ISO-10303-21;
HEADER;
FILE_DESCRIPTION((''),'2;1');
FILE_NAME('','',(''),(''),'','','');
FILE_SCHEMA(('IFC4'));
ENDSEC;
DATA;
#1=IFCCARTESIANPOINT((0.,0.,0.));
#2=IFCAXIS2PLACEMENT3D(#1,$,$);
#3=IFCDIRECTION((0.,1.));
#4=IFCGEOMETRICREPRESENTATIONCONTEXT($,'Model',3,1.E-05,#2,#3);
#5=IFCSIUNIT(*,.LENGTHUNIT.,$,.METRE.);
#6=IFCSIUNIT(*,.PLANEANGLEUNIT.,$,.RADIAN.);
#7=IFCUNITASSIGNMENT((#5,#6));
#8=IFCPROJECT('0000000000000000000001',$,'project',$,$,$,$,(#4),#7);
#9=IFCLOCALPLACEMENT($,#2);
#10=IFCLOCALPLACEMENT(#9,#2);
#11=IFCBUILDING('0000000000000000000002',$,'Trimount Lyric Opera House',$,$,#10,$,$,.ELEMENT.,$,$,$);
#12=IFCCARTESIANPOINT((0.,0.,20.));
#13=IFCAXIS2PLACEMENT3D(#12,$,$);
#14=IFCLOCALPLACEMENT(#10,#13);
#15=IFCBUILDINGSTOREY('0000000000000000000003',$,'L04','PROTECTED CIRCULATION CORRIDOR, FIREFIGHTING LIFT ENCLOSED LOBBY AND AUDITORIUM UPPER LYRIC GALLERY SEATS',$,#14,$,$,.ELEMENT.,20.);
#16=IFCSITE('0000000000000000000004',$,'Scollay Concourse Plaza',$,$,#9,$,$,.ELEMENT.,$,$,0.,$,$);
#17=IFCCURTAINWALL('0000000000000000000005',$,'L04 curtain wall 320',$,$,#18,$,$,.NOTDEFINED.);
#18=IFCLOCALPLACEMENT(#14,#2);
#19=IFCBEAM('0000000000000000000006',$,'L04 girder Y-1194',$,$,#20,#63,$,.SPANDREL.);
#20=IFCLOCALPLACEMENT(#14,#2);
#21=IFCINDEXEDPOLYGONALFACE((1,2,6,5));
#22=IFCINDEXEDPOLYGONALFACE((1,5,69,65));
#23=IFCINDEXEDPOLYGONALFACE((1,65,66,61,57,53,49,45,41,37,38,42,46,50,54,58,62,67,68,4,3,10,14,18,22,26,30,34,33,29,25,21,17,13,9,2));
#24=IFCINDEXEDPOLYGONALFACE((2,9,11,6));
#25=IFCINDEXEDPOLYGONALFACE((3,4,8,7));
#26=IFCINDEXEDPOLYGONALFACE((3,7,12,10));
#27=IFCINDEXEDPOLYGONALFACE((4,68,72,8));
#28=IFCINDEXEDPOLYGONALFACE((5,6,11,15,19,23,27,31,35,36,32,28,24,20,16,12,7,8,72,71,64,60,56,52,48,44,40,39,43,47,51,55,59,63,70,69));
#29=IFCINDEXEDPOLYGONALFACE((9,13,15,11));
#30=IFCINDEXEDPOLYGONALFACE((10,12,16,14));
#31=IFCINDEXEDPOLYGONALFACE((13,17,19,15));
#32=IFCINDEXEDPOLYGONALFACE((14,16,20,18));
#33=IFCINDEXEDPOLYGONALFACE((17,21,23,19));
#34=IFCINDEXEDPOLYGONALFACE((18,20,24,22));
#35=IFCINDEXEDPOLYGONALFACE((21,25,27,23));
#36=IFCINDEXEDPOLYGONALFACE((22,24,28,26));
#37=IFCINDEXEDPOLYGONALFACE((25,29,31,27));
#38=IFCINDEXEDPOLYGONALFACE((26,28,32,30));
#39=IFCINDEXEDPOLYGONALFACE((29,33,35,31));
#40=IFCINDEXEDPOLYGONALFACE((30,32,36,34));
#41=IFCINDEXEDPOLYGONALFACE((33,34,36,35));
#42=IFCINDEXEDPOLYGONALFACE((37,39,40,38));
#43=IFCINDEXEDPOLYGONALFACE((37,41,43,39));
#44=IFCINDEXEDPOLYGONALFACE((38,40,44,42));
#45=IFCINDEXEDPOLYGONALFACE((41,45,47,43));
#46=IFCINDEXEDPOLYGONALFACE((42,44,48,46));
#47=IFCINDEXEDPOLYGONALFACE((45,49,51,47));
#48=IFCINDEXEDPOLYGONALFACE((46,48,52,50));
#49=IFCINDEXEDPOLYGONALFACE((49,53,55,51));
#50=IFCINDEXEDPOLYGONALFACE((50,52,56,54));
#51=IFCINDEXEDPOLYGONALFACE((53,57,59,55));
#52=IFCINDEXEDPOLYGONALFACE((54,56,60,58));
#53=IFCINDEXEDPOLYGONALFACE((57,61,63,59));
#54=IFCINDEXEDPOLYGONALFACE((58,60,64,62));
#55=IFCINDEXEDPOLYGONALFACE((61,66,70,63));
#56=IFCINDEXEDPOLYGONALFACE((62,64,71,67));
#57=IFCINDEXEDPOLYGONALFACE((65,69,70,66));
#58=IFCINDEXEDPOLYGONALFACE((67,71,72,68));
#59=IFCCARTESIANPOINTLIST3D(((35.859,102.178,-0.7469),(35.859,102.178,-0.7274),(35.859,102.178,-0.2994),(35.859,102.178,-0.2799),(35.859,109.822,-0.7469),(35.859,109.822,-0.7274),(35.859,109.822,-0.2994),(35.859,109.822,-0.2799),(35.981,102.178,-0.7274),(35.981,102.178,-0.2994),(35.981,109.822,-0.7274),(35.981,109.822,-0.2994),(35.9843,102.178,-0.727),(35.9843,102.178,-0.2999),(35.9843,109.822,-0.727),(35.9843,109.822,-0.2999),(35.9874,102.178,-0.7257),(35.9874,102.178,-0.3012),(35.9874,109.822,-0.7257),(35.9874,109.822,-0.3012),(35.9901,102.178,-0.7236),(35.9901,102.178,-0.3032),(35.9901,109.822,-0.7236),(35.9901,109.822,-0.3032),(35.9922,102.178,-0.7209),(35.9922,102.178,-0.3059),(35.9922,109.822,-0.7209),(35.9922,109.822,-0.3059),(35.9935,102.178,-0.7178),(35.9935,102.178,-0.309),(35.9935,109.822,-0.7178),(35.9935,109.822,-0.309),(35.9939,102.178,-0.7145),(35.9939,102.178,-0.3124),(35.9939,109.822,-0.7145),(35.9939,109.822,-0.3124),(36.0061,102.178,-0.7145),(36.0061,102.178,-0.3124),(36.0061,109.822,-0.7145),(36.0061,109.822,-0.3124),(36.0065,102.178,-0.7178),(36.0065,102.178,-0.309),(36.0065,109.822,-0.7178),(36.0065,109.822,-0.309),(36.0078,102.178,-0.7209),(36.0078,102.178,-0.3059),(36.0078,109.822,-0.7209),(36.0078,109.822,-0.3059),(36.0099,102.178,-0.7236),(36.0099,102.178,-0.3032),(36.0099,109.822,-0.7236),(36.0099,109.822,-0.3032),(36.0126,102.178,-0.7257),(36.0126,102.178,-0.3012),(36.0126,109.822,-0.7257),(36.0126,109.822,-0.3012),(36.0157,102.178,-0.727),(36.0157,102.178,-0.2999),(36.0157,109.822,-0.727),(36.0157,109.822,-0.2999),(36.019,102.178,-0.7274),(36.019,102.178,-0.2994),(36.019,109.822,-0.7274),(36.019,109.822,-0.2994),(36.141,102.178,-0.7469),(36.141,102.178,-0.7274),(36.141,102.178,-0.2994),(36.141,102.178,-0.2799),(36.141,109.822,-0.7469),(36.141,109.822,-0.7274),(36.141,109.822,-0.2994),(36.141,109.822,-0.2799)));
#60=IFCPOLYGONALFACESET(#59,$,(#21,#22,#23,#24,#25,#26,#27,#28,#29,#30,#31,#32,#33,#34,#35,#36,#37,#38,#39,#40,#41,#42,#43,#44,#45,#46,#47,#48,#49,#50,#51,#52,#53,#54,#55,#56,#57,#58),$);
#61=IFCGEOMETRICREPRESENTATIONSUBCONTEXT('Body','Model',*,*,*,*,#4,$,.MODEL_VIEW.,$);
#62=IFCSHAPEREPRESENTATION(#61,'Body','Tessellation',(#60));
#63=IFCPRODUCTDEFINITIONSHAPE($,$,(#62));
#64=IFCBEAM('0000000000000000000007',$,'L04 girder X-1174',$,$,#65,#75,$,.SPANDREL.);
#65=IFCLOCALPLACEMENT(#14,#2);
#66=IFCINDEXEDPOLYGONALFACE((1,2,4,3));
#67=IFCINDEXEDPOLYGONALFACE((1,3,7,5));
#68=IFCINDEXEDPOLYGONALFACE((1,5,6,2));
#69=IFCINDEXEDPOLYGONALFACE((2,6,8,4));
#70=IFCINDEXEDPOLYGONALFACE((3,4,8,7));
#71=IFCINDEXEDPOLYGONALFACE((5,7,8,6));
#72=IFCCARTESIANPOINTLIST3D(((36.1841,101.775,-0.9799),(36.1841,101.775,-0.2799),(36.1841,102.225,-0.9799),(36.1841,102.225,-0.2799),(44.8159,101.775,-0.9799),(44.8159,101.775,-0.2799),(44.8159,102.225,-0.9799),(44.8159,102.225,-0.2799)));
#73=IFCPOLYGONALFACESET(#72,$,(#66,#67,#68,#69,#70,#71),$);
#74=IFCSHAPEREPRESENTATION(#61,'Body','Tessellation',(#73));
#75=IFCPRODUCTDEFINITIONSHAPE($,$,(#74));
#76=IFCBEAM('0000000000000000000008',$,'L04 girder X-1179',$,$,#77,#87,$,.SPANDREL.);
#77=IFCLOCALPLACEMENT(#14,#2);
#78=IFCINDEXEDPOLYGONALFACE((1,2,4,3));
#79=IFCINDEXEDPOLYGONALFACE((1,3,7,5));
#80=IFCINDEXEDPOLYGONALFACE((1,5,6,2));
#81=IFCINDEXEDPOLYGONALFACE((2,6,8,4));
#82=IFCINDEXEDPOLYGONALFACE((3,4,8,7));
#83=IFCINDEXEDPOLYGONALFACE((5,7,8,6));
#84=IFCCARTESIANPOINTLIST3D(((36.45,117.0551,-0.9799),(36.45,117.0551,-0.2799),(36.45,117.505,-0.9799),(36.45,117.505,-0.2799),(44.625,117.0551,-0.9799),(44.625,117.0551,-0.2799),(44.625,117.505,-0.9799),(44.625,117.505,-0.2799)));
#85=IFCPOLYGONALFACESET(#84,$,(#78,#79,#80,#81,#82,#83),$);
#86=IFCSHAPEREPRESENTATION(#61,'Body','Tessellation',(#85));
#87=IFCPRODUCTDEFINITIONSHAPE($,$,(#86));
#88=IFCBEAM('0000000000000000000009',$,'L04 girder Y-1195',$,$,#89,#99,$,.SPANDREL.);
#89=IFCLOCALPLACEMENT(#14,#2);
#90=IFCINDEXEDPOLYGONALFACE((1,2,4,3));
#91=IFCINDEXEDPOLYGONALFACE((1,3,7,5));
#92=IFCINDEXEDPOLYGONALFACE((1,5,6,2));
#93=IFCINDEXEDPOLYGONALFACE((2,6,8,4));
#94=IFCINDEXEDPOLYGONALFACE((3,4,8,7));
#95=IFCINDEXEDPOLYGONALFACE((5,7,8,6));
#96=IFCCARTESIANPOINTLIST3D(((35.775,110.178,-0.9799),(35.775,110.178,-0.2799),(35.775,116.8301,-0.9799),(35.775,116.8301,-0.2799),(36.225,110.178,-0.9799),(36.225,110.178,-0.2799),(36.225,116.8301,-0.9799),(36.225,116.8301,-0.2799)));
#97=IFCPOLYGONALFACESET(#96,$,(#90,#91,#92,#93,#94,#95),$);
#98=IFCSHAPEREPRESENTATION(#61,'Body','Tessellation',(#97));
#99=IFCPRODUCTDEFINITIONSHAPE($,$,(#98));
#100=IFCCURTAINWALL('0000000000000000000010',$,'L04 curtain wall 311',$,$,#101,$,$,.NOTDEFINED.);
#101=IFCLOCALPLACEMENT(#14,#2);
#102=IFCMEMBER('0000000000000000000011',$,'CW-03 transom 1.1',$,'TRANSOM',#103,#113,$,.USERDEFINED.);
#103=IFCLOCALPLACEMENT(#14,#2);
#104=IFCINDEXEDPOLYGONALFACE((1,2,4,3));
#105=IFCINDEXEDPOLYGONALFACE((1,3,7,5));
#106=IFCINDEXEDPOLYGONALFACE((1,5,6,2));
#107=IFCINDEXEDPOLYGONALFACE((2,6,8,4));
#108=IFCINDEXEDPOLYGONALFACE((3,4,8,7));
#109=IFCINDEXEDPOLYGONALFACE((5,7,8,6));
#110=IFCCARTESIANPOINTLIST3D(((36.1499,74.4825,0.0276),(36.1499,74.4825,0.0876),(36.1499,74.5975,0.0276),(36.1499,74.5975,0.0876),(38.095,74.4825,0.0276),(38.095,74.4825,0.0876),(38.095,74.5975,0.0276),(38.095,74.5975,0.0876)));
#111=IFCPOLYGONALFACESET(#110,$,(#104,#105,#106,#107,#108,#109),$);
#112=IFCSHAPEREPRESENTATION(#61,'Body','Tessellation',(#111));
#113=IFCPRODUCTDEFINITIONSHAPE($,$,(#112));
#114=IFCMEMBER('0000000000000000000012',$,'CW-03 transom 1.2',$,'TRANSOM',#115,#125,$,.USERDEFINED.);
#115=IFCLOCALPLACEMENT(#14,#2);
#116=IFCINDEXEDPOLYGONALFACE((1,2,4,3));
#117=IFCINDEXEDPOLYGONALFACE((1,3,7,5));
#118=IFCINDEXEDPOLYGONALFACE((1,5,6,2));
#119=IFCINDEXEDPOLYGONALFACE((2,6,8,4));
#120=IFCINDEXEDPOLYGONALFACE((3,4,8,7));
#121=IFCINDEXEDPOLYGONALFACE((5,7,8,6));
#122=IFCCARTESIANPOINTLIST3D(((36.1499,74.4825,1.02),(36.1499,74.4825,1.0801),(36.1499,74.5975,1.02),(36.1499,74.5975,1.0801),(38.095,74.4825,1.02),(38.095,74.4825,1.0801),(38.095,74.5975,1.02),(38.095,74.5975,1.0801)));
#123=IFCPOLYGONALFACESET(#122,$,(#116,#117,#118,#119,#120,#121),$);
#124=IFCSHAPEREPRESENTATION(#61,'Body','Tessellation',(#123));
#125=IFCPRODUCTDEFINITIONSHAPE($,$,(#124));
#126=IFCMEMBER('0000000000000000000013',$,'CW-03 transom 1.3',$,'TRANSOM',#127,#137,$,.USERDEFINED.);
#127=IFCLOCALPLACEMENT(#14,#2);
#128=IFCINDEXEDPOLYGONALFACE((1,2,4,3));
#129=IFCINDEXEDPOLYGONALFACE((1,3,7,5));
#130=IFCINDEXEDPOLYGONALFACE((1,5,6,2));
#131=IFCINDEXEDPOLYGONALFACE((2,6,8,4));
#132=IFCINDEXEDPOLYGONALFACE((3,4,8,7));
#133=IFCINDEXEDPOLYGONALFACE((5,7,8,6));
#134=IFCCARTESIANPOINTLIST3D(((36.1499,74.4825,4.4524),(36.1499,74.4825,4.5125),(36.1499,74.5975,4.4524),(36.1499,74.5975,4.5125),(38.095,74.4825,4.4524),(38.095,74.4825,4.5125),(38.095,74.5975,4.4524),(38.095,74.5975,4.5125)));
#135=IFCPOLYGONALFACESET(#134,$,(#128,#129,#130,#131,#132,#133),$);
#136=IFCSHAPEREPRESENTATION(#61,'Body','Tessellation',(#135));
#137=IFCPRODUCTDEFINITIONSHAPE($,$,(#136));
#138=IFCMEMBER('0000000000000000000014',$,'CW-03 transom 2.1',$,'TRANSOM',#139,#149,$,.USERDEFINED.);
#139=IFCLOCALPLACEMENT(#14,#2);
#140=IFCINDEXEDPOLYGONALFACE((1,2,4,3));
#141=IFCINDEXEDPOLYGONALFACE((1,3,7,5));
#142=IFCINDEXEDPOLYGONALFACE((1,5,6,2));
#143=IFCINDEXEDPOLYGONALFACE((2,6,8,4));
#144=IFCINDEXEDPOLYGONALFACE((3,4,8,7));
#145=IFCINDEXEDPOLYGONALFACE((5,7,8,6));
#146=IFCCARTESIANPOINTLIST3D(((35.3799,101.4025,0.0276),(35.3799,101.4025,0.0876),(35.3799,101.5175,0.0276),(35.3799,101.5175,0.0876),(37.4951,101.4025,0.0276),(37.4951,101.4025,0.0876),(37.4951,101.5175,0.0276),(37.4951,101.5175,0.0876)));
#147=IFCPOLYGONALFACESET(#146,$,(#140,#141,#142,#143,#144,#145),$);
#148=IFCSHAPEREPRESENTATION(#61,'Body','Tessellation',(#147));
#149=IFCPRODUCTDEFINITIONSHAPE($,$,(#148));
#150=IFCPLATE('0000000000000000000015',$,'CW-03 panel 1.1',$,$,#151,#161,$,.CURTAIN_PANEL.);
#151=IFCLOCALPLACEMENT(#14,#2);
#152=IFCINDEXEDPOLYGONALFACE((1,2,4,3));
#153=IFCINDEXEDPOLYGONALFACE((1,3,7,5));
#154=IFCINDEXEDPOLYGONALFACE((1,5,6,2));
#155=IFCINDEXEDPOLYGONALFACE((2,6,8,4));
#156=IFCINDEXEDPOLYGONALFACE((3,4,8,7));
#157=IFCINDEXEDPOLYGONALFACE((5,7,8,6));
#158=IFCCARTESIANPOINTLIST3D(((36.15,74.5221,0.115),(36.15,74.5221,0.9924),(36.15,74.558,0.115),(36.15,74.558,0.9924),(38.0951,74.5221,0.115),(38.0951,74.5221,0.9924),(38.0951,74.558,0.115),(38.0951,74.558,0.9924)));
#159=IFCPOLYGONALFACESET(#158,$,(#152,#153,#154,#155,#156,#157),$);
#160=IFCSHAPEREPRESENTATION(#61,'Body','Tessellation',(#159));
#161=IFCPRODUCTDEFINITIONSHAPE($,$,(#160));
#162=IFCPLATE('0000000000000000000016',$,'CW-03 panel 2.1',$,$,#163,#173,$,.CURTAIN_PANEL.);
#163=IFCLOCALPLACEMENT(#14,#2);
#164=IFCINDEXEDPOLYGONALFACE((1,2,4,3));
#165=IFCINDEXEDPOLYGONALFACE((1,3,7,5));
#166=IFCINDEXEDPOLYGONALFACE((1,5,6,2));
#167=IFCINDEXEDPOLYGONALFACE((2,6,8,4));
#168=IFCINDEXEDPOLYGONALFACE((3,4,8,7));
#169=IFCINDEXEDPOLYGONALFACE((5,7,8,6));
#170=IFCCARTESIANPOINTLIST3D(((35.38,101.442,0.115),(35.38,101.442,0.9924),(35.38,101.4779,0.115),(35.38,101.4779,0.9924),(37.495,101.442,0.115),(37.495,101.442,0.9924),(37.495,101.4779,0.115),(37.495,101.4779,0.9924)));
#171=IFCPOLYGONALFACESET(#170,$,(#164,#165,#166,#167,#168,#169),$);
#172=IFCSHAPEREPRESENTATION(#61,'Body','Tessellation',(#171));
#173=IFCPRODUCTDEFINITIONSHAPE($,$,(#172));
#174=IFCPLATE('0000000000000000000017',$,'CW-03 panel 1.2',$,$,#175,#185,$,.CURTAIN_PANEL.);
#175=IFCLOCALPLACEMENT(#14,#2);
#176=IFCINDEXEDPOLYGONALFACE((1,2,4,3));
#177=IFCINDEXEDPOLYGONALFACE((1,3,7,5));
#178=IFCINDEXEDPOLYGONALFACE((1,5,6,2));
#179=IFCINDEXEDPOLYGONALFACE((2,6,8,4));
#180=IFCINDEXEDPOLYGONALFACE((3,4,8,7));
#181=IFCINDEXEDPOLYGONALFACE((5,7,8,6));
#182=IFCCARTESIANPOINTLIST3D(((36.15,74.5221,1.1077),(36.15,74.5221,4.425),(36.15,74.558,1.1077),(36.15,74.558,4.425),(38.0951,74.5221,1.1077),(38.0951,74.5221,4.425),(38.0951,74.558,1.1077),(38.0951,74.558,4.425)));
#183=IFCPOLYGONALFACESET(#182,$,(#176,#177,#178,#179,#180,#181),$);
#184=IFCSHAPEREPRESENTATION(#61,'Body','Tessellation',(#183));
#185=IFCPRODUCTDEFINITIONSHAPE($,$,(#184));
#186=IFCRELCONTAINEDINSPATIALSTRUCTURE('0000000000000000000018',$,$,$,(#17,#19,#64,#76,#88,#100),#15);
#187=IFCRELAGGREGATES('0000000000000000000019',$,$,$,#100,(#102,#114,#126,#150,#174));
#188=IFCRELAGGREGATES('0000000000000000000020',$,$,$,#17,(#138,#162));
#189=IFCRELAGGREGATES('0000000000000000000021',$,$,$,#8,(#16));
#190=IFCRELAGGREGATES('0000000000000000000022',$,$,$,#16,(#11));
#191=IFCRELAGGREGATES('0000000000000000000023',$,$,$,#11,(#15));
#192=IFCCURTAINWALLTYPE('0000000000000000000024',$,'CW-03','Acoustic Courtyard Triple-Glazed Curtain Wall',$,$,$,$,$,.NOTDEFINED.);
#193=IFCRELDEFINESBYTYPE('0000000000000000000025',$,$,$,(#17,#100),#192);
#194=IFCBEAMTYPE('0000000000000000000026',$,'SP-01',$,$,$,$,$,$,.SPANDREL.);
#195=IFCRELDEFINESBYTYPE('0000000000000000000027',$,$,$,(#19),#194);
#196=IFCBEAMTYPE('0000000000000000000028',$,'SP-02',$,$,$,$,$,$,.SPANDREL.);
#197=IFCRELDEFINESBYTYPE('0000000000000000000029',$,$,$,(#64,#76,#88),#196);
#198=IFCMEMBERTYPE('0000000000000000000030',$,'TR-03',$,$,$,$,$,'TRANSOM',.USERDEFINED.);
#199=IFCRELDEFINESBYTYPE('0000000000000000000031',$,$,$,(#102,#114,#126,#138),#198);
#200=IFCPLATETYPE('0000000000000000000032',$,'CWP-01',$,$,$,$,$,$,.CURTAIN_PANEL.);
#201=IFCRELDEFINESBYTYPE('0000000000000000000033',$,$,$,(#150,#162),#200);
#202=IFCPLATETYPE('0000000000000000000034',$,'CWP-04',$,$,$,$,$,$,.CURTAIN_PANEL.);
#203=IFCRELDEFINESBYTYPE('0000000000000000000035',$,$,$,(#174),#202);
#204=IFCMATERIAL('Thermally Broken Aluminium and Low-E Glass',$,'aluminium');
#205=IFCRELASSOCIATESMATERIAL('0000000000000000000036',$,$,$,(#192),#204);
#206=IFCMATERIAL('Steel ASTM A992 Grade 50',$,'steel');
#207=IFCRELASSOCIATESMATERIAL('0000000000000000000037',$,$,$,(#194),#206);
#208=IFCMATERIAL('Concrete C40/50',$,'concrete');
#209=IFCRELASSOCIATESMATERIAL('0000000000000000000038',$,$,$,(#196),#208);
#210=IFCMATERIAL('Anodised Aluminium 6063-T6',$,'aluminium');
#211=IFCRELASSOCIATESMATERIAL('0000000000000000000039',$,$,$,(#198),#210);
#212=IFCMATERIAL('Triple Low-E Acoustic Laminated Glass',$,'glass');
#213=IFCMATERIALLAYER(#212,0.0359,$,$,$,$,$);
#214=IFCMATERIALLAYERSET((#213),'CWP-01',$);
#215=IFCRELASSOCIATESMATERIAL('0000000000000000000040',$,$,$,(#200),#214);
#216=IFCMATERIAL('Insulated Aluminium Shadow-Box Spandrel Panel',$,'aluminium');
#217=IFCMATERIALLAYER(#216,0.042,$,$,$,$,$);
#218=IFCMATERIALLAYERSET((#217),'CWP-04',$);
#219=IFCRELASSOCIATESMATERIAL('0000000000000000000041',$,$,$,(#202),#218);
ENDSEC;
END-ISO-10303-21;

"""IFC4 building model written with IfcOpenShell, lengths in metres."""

from ifc_helpers import new_model, si_unit, direction, frame, origin, origin_2d, place, context, subcontext, project, spatial, rectangle, i_section, extrude, material, layer, layer_set, material_profile, profile_set, type_object, element, aggregate, save


model = new_model("IFC4")

# Units and contexts
model_context = context("Model", 3, precision=1e-05, world=origin(), true_north=direction((0.0, 1.0)))
body_context = subcontext(model_context, "Body", "Model", "MODEL_VIEW")
ifc_project = project(units=[si_unit("LENGTHUNIT", "METRE"), si_unit("PLANEANGLEUNIT", "RADIAN")], contexts=[model_context])

# Site, building, storey
site_placement = place(None, origin())
site = spatial("IfcSite", under=ifc_project, at=site_placement, Name="Scollay Concourse Plaza", CompositionType="ELEMENT", RefElevation=0.0)
building_placement = place(site_placement, origin())
building = spatial("IfcBuilding", under=site, at=building_placement, Name="Trimount Lyric Opera House", CompositionType="ELEMENT")
storey_placement = place(building_placement, frame((0.0, 0.0, 20.0)))
storey = spatial("IfcBuildingStorey", under=building, at=storey_placement, Name="L04", Description="PROTECTED CIRCULATION CORRIDOR, FIREFIGHTING LIFT ENCLOSED LOBBY AND AUDITORIUM UPPER LYRIC GALLERY SEATS", CompositionType="ELEMENT", Elevation=20.0)

# Curtain wall
ifc_material_1 = material(Name="Thermally Broken Aluminium and Low-E Glass", Category="aluminium")
curtain_wall_type = type_object("IfcCurtainWallType", Name="CW-03", Description="Acoustic Courtyard Triple-Glazed Curtain Wall", PredefinedType="NOTDEFINED", material=ifc_material_1)
curtain_wall_1_placement = place(storey_placement, origin())
curtain_wall_1 = element("IfcCurtainWall", 1, at=curtain_wall_1_placement, inside=storey, type_object=curtain_wall_type, Name="L04 curtain wall 320", PredefinedType="NOTDEFINED")

# Beams
ifc_material_2 = material(Name="Steel ASTM A992 Grade 50", Category="steel")
ifc_material_profile_1 = material_profile(ifc_material_2, i_section(OverallWidth=0.282, OverallDepth=0.467, WebThickness=0.0122, FlangeThickness=0.0195, FilletRadius=0.0129, at=origin_2d()), Name="W18X86")
ifc_profile_set_1 = profile_set([ifc_material_profile_1], Name="Steel ASTM A992 Grade 50")
beam_type_1 = type_object("IfcBeamType", Name="SP-01", PredefinedType="SPANDREL", material=ifc_profile_set_1)
beam_1_placement = place(storey_placement, frame((36.0, 102.178, -0.5134), z_axis=(0.0, 1.0, 0.0), x_axis=(-1.0, 0.0, 0.0)))
element("IfcBeam", 2, at=beam_1_placement, inside=storey, type_object=beam_type_1, Name="L04 girder Y-1194", PredefinedType="SPANDREL", context=body_context, shape_type="SweptSolid", body=[
    extrude(i_section(OverallWidth=0.282, OverallDepth=0.467, WebThickness=0.0122, FlangeThickness=0.0195, FilletRadius=0.0129, at=origin_2d()), origin(), (0.0, 0.0, 1.0), 7.644),
])
ifc_material_3 = material(Name="Concrete C40/50", Category="concrete")
ifc_material_profile_2 = material_profile(ifc_material_3, rectangle(XDim=0.45, YDim=0.7, at=origin_2d()), Name="RC450X700")
ifc_profile_set_2 = profile_set([ifc_material_profile_2], Name="Concrete C40/50")
beam_type_2 = type_object("IfcBeamType", Name="SP-02", PredefinedType="SPANDREL", material=ifc_profile_set_2)
beam_2_placement = place(storey_placement, frame((36.1841, 102.0, -0.6299), z_axis=(1.0, 0.0, 0.0), x_axis=(0.0, 1.0, 0.0)))
element("IfcBeam", 3, at=beam_2_placement, inside=storey, type_object=beam_type_2, Name="L04 girder X-1174", PredefinedType="SPANDREL", context=body_context, shape_type="SweptSolid", body=[
    extrude(rectangle(XDim=0.45, YDim=0.7, at=origin_2d()), origin(), (0.0, 0.0, 1.0), 8.6318),
])
beam_3_placement = place(storey_placement, frame((36.45, 117.28, -0.6299), z_axis=(1.0, 0.0, 0.0), x_axis=(0.0, 1.0, 0.0)))
element("IfcBeam", 4, at=beam_3_placement, inside=storey, type_object=beam_type_2, Name="L04 girder X-1179", PredefinedType="SPANDREL", context=body_context, shape_type="SweptSolid", body=[
    extrude(rectangle(XDim=0.45, YDim=0.7, at=origin_2d()), origin(), (0.0, 0.0, 1.0), 8.175),
])
beam_4_placement = place(storey_placement, frame((36.0, 110.178, -0.6299), z_axis=(0.0, 1.0, 0.0), x_axis=(-1.0, 0.0, 0.0)))
element("IfcBeam", 5, at=beam_4_placement, inside=storey, type_object=beam_type_2, Name="L04 girder Y-1195", PredefinedType="SPANDREL", context=body_context, shape_type="SweptSolid", body=[
    extrude(rectangle(XDim=0.45, YDim=0.7, at=origin_2d()), origin(), (0.0, 0.0, 1.0), 6.6521),
])

# Curtain wall, members
curtain_wall_2_placement = place(storey_placement, origin())
curtain_wall_2 = element("IfcCurtainWall", 6, at=curtain_wall_2_placement, inside=storey, type_object=curtain_wall_type, Name="L04 curtain wall 311", PredefinedType="NOTDEFINED")
ifc_material_4 = material(Name="Anodised Aluminium 6063-T6", Category="aluminium")
ifc_material_profile_3 = material_profile(ifc_material_4, rectangle(XDim=0.115, YDim=0.0601, at=origin_2d()), Name="ALU-TRAN-60X115")
ifc_profile_set_3 = profile_set([ifc_material_profile_3], Name="Anodised Aluminium 6063-T6")
member_type_1 = type_object("IfcMemberType", Name="TR-03", ElementType="TRANSOM", PredefinedType="USERDEFINED", material=ifc_profile_set_3)
member_1_placement = place(storey_placement, frame((36.1499, 74.54, 0.0576), z_axis=(1.0, 0.0, 0.0), x_axis=(0.0, 1.0, 0.0)))
member_1 = element("IfcMember", 7, at=member_1_placement, type_object=member_type_1, Name="CW-03 transom 1.1", ObjectType="TRANSOM", PredefinedType="USERDEFINED", context=body_context, shape_type="SweptSolid", body=[
    extrude(rectangle(XDim=0.115, YDim=0.0601, at=origin_2d()), origin(), (0.0, 0.0, 1.0), 1.9451),
])
member_2_placement = place(storey_placement, frame((36.1499, 74.54, 1.05), z_axis=(1.0, 0.0, 0.0), x_axis=(0.0, 1.0, 0.0)))
member_2 = element("IfcMember", 8, at=member_2_placement, type_object=member_type_1, Name="CW-03 transom 1.2", ObjectType="TRANSOM", PredefinedType="USERDEFINED", context=body_context, shape_type="SweptSolid", body=[
    extrude(rectangle(XDim=0.115, YDim=0.0601, at=origin_2d()), origin(), (0.0, 0.0, 1.0), 1.9451),
])
member_3_placement = place(storey_placement, frame((36.1499, 74.54, 4.4824), z_axis=(1.0, 0.0, 0.0), x_axis=(0.0, 1.0, 0.0)))
member_3 = element("IfcMember", 9, at=member_3_placement, type_object=member_type_1, Name="CW-03 transom 1.3", ObjectType="TRANSOM", PredefinedType="USERDEFINED", context=body_context, shape_type="SweptSolid", body=[
    extrude(rectangle(XDim=0.115, YDim=0.0601, at=origin_2d()), origin(), (0.0, 0.0, 1.0), 1.9451),
])

# Member
member_4_placement = place(storey_placement, frame((37.4951, 101.46, 0.0576), z_axis=(-1.0, 0.0, 0.0), x_axis=(0.0, -1.0, 0.0)))
member_4 = element("IfcMember", 10, at=member_4_placement, type_object=member_type_1, Name="CW-03 transom 2.1", ObjectType="TRANSOM", PredefinedType="USERDEFINED", context=body_context, shape_type="SweptSolid", body=[
    extrude(rectangle(XDim=0.115, YDim=0.0601, at=origin_2d()), origin(), (0.0, 0.0, 1.0), 2.1152),
])

# Plates
ifc_material_5 = material(Name="Triple Low-E Acoustic Laminated Glass", Category="glass")
ifc_layer_1 = layer(ifc_material_5, 0.0359)
ifc_layer_set_1 = layer_set([ifc_layer_1], Name="CWP-01")
plate_type_1 = type_object("IfcPlateType", Name="CWP-01", PredefinedType="CURTAIN_PANEL", material=ifc_layer_set_1)
plate_1_placement = place(storey_placement, frame((37.1226, 74.54, 0.115), z_axis=(0.0, 0.0, 1.0), x_axis=(1.0, 0.0, 0.0)))
plate_1 = element("IfcPlate", 11, at=plate_1_placement, type_object=plate_type_1, Name="CW-03 panel 1.1", PredefinedType="CURTAIN_PANEL", context=body_context, shape_type="SweptSolid", body=[
    extrude(rectangle(XDim=1.9451, YDim=0.0359, at=origin_2d()), origin(), (0.0, 0.0, 1.0), 0.8774),
])
plate_2_placement = place(storey_placement, frame((36.4375, 101.46, 0.115), z_axis=(0.0, 0.0, 1.0), x_axis=(-1.0, 0.0, 0.0)))
plate_2 = element("IfcPlate", 12, at=plate_2_placement, type_object=plate_type_1, Name="CW-03 panel 2.1", PredefinedType="CURTAIN_PANEL", context=body_context, shape_type="SweptSolid", body=[
    extrude(rectangle(XDim=2.115, YDim=0.0359, at=origin_2d()), origin(), (0.0, 0.0, 1.0), 0.8774),
])
ifc_material_6 = material(Name="Insulated Aluminium Shadow-Box Spandrel Panel", Category="aluminium")
ifc_layer_2 = layer(ifc_material_6, 0.042)
ifc_layer_set_2 = layer_set([ifc_layer_2], Name="CWP-04")
plate_type_2 = type_object("IfcPlateType", Name="CWP-04", PredefinedType="CURTAIN_PANEL", material=ifc_layer_set_2)
plate_3_placement = place(storey_placement, frame((37.1226, 74.54, 1.1077), z_axis=(0.0, 0.0, 1.0), x_axis=(1.0, 0.0, 0.0)))
plate_3 = element("IfcPlate", 13, at=plate_3_placement, type_object=plate_type_2, Name="CW-03 panel 1.2", PredefinedType="CURTAIN_PANEL", context=body_context, shape_type="SweptSolid", body=[
    extrude(rectangle(XDim=1.9451, YDim=0.0359, at=origin_2d()), origin(), (0.0, 0.0, 1.0), 3.3174),
])
aggregate(curtain_wall_2, [member_1, member_2, member_3, plate_1, plate_3])
aggregate(curtain_wall_1, [member_4, plate_2])

save(model, "model.ifc")
